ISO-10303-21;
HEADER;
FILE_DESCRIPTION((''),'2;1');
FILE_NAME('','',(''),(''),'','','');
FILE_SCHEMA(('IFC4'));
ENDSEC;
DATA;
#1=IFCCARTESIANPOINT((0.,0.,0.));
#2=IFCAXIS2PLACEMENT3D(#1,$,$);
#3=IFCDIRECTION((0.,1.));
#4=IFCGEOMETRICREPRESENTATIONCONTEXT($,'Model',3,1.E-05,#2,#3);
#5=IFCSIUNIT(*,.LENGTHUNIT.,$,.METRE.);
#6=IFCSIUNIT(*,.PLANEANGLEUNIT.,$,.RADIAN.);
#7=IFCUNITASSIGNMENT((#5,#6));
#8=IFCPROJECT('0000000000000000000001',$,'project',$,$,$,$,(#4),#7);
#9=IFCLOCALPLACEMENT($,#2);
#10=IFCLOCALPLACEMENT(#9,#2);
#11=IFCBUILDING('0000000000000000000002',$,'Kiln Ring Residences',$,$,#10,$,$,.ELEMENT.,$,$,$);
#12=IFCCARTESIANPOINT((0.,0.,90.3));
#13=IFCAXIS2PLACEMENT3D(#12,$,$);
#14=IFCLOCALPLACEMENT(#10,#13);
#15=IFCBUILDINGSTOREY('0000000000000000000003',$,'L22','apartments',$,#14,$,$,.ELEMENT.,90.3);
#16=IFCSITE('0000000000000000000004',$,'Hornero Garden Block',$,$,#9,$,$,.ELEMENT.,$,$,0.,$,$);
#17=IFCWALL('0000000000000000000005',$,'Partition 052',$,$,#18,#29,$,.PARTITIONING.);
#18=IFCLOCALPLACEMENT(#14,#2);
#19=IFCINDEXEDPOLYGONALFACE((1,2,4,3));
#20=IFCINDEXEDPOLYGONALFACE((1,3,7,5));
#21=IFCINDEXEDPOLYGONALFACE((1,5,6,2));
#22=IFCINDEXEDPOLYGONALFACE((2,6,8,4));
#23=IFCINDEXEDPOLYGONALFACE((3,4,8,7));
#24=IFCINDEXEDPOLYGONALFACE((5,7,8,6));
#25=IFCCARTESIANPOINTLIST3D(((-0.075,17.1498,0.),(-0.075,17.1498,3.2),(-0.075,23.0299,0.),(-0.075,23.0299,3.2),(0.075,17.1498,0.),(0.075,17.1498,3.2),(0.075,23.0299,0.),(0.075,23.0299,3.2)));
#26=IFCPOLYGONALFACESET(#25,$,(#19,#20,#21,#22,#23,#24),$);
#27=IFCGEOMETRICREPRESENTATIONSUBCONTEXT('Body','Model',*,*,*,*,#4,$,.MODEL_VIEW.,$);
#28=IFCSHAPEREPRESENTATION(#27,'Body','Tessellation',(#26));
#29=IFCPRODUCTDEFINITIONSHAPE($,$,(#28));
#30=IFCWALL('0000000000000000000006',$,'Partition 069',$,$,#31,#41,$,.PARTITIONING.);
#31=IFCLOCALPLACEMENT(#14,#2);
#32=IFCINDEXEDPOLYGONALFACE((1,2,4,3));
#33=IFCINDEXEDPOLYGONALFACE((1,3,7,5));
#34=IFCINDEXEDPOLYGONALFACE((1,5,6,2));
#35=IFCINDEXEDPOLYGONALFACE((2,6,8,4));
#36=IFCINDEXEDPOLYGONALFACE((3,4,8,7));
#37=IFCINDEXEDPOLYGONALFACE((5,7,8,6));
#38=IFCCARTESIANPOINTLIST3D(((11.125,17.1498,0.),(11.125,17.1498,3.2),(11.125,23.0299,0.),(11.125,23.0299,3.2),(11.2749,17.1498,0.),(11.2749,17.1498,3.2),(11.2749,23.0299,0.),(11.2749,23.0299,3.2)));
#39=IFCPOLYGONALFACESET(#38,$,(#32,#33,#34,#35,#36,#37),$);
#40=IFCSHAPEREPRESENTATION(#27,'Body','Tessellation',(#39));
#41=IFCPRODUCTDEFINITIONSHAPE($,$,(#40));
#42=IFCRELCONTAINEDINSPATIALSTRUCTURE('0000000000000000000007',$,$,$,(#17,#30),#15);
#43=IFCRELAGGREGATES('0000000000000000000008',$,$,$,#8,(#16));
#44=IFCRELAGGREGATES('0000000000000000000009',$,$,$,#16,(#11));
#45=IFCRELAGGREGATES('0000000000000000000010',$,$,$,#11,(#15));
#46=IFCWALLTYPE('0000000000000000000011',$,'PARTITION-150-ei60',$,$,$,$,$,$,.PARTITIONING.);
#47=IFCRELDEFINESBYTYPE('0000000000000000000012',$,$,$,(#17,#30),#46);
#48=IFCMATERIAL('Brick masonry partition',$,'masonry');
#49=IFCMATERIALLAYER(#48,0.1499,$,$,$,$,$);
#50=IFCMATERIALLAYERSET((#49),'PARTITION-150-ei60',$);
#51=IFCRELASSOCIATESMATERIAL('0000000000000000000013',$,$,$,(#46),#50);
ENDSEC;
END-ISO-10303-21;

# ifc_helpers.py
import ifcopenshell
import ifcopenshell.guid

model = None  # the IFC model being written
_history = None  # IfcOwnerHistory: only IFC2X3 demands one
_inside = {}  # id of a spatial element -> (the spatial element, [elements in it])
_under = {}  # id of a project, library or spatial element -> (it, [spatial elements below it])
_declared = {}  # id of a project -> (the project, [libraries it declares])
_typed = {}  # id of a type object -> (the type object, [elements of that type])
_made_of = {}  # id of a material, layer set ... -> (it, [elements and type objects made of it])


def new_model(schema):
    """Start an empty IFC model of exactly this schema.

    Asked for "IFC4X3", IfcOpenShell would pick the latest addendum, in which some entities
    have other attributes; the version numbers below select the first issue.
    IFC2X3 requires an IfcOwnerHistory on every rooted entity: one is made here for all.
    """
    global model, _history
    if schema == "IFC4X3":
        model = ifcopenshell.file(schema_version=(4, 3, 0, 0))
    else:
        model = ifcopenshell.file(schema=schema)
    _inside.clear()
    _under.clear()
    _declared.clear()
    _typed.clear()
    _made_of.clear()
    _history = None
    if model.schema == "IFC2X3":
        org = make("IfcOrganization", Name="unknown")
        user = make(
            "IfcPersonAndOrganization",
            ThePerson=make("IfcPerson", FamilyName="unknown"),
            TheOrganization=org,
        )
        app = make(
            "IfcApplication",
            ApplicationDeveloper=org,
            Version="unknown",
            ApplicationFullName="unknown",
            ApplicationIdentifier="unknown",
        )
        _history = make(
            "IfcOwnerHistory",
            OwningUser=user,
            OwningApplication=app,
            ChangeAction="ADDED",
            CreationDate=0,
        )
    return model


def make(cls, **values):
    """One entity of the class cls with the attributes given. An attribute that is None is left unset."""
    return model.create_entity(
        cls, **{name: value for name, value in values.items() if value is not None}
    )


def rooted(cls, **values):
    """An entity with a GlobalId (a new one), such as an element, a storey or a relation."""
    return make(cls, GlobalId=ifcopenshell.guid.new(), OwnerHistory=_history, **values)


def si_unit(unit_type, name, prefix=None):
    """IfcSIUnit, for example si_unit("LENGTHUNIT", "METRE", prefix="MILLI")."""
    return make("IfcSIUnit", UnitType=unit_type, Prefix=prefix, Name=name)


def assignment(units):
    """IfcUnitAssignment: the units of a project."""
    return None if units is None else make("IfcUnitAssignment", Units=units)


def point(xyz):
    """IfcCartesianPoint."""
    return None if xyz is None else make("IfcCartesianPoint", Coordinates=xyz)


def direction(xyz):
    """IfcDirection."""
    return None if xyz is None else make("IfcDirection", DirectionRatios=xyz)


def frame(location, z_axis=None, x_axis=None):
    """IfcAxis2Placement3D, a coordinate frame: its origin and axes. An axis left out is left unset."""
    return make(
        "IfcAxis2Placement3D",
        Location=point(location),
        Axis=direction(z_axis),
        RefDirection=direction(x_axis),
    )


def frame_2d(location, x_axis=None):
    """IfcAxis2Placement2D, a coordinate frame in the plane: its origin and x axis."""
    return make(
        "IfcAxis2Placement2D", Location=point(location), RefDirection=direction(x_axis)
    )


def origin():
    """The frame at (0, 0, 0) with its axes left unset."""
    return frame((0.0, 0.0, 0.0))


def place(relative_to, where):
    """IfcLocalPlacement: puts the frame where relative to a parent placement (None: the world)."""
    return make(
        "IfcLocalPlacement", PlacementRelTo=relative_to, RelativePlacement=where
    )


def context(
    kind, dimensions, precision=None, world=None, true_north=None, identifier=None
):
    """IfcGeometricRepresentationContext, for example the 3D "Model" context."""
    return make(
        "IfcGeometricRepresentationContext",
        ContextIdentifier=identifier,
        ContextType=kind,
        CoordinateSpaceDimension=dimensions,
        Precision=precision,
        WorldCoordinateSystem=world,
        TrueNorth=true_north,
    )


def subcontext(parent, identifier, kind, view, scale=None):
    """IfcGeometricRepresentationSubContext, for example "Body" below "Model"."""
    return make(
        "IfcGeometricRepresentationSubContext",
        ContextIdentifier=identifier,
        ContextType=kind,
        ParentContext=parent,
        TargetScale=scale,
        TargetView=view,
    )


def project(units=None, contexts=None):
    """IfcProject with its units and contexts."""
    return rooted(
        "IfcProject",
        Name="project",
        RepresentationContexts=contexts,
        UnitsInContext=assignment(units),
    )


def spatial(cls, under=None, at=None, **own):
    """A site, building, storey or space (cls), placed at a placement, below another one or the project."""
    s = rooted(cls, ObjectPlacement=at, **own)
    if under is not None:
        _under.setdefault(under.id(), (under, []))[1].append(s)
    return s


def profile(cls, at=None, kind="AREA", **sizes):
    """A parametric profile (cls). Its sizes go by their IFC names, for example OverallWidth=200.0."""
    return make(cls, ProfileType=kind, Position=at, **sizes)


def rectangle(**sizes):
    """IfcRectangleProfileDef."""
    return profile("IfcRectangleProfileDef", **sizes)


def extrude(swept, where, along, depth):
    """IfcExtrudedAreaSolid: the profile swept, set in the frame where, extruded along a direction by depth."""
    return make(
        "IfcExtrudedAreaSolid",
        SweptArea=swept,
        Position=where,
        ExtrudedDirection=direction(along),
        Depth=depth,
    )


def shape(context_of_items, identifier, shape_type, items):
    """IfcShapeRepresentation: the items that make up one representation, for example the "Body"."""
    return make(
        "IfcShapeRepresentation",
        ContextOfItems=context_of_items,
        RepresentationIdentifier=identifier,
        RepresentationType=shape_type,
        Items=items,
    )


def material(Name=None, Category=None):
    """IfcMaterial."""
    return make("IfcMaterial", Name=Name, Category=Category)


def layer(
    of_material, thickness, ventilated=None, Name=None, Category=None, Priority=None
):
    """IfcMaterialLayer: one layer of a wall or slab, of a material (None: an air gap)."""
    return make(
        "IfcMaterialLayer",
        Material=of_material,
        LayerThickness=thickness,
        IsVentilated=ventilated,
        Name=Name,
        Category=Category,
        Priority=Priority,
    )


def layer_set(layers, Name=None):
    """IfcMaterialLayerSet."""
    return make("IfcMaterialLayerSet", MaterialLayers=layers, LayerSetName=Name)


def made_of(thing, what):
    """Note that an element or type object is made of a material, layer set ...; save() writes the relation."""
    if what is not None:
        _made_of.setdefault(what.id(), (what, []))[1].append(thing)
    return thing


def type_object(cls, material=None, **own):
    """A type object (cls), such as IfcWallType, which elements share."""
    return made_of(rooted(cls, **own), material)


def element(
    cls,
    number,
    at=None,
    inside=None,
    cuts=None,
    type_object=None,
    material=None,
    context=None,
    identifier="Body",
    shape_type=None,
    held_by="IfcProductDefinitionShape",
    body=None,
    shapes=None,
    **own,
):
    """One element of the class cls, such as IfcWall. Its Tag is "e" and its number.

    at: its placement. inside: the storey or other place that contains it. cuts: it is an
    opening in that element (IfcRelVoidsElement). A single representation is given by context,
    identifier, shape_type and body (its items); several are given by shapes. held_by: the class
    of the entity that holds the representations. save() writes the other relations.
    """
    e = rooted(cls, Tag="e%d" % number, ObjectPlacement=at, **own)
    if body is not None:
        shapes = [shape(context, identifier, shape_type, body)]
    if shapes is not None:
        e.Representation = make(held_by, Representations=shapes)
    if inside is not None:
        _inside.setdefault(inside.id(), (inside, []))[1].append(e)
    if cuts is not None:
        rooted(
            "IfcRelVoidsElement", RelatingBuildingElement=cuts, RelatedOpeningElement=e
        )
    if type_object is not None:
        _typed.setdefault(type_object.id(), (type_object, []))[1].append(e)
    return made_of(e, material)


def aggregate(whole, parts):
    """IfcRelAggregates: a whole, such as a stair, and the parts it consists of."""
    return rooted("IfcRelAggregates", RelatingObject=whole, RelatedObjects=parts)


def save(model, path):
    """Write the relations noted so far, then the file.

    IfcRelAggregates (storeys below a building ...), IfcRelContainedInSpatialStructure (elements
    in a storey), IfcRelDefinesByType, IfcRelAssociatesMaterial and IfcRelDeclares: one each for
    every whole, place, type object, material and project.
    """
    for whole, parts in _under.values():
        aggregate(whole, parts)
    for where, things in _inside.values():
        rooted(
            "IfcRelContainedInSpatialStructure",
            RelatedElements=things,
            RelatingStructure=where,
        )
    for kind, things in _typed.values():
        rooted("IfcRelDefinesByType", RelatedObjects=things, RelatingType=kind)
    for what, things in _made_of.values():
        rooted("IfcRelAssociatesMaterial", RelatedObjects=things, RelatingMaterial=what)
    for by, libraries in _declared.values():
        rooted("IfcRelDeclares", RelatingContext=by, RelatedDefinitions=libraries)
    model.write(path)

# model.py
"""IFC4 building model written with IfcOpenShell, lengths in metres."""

from ifc_helpers import new_model, si_unit, direction, frame, frame_2d, origin, place, context, subcontext, project, spatial, rectangle, extrude, material, layer, layer_set, type_object, element, save


model = new_model("IFC4")

# Units and contexts
model_context = context("Model", 3, precision=1e-05, world=origin(), true_north=direction((0.0, 1.0)))
body_context = subcontext(model_context, "Body", "Model", "MODEL_VIEW")
ifc_project = project(units=[si_unit("LENGTHUNIT", "METRE"), si_unit("PLANEANGLEUNIT", "RADIAN")], contexts=[model_context])

# Site, building, storey
site_placement = place(None, origin())
site = spatial("IfcSite", under=ifc_project, at=site_placement, Name="Hornero Garden Block", CompositionType="ELEMENT", RefElevation=0.0)
building_placement = place(site_placement, origin())
building = spatial("IfcBuilding", under=site, at=building_placement, Name="Kiln Ring Residences", CompositionType="ELEMENT")
storey_placement = place(building_placement, frame((0.0, 0.0, 90.3)))
storey = spatial("IfcBuildingStorey", under=building, at=storey_placement, Name="L22", Description="apartments", CompositionType="ELEMENT", Elevation=90.3)

# Walls
ifc_material_1 = material(Name="Brick masonry partition", Category="masonry")
ifc_layer_1 = layer(ifc_material_1, 0.1499)
ifc_layer_set_1 = layer_set([ifc_layer_1], Name="PARTITION-150-ei60")
wall_type_1 = type_object("IfcWallType", Name="PARTITION-150-ei60", PredefinedType="PARTITIONING", material=ifc_layer_set_1)
for number, where, z_axis, x_axis, name in (
    (1, (0.0, 17.1499, 0.0), (0.0, 0.0, 1.0), (0.0, 1.0, 0.0), "Partition 052"),
    (2, (11.2, 17.1499, 0.0), (0.0, 0.0, 1.0), (0.0, 1.0, 0.0), "Partition 069"),
):
    element("IfcWall", number, at=place(storey_placement, frame(where, z_axis=z_axis, x_axis=x_axis)), inside=storey, type_object=wall_type_1, Name=name, PredefinedType="PARTITIONING", context=body_context, shape_type="SweptSolid", body=[
        extrude(rectangle(XDim=5.8801, YDim=0.1499, at=frame_2d((2.9399, 0.0))), origin(), (0.0, 0.0, 1.0), 3.2),
    ])

save(model, "model.ifc")
